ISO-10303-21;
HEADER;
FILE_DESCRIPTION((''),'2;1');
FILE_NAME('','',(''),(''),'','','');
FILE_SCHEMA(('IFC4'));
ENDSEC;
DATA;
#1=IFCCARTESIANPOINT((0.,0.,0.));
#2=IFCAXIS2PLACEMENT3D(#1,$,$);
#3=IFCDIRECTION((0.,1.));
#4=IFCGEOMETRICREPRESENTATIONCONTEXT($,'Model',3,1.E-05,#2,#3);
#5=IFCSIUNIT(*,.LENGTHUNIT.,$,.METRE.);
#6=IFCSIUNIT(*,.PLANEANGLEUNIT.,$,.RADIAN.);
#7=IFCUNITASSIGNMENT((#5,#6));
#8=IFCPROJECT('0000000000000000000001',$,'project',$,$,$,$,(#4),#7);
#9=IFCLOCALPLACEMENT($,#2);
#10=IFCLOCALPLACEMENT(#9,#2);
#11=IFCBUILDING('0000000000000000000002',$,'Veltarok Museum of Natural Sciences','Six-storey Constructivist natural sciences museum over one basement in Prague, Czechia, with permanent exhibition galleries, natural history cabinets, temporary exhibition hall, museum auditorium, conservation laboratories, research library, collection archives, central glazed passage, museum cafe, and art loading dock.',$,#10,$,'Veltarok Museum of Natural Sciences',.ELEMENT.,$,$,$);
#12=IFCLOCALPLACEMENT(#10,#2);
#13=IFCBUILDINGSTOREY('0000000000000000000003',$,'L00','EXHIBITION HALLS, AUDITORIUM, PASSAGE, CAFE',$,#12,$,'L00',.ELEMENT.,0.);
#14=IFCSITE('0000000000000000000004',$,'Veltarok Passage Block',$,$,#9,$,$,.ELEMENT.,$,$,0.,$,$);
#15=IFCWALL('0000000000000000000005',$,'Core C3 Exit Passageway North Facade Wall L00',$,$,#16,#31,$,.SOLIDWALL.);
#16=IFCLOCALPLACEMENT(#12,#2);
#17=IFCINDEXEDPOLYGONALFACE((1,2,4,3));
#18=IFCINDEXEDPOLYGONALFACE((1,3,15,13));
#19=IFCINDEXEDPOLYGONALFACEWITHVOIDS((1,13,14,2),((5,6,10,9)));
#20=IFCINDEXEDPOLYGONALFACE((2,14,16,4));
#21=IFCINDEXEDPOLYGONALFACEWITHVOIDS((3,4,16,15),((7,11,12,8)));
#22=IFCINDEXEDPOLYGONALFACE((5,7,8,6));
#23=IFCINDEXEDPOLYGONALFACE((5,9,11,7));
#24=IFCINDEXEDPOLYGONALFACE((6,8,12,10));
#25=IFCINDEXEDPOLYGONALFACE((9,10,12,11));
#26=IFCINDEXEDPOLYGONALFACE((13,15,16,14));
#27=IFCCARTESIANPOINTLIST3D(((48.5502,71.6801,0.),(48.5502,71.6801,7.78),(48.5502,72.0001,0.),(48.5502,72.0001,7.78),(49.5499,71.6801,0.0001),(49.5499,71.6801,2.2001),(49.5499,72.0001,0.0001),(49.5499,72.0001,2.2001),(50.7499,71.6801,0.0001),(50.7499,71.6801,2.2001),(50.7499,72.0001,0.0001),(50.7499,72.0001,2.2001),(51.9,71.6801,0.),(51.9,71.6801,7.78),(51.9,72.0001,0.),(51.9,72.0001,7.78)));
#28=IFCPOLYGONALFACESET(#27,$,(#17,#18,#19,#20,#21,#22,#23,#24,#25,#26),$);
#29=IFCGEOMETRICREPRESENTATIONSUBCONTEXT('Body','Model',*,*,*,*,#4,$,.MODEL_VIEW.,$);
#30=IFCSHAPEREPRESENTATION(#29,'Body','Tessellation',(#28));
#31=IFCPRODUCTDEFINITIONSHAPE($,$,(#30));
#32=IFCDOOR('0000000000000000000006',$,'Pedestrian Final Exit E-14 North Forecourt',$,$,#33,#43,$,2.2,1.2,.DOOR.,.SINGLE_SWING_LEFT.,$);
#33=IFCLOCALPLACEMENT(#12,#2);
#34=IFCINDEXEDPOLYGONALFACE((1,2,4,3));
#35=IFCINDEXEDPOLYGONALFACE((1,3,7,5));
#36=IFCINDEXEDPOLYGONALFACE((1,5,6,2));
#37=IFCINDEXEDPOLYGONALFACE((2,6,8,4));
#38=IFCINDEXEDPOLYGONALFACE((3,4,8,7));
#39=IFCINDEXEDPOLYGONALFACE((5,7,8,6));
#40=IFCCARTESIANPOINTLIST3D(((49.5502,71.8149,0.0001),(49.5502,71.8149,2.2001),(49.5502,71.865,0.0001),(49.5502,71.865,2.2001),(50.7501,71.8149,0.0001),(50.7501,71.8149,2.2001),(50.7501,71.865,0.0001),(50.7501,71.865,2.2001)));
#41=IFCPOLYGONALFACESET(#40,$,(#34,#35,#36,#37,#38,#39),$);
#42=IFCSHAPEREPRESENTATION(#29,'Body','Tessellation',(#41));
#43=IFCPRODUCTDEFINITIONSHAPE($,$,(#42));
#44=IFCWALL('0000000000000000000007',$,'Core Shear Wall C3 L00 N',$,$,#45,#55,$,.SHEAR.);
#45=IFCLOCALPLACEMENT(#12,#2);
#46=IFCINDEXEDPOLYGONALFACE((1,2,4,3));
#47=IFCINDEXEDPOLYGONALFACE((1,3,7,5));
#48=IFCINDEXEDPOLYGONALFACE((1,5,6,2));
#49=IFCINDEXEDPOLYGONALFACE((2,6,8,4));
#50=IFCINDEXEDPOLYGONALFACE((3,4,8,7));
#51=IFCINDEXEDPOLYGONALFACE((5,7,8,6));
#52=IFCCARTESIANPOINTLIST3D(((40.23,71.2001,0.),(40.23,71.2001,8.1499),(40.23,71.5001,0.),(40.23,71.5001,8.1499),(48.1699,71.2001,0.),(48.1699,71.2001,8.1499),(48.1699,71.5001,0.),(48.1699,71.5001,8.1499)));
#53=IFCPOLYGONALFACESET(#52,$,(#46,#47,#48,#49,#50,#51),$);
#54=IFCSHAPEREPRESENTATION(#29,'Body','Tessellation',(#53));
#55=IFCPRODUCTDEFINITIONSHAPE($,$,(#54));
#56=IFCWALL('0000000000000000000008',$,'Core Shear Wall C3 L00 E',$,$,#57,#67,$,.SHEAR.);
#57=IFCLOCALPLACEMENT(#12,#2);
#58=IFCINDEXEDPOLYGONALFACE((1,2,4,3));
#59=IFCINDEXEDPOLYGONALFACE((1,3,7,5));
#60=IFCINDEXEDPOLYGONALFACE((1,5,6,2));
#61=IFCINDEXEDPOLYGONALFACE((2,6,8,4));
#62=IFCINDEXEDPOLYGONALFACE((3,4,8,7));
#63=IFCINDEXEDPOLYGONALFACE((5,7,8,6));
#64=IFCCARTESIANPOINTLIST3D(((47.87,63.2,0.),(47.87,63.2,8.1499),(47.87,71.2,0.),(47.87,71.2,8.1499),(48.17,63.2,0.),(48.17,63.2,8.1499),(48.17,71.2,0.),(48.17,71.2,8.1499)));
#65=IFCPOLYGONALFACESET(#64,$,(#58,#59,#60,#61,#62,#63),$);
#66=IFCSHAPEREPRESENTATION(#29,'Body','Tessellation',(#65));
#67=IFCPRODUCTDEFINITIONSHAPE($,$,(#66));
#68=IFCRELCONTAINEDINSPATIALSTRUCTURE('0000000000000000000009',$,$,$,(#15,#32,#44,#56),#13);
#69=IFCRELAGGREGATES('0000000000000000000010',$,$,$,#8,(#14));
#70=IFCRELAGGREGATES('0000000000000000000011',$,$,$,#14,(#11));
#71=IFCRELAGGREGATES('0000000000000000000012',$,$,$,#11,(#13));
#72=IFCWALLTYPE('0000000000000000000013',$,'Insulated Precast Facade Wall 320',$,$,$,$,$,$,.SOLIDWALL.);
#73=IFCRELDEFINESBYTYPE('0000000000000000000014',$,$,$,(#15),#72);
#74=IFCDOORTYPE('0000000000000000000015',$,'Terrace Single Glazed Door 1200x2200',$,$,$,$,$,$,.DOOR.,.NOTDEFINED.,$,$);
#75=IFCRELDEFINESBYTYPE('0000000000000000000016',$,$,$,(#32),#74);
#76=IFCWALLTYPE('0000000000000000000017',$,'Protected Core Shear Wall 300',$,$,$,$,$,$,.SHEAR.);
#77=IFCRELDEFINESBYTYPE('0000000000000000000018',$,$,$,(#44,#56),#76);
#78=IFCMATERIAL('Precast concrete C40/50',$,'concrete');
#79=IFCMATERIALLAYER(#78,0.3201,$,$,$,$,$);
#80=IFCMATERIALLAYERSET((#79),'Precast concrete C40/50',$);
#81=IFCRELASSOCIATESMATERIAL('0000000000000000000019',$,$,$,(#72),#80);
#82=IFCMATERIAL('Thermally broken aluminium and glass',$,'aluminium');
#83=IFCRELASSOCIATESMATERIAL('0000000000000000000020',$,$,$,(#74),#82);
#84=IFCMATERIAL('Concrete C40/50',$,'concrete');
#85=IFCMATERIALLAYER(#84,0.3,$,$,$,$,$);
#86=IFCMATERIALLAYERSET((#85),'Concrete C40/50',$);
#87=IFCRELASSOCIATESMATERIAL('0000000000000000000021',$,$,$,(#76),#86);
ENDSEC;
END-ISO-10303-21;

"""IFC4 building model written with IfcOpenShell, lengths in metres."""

from ifc_helpers import new_model, si_unit, direction, frame, frame_2d, origin, place, context, subcontext, project, spatial, rectangle, extrude, material, layer, layer_set, type_object, element, fill, save


model = new_model("IFC4")

# Units and contexts
model_context = context("Model", 3, precision=1e-05, world=origin(), true_north=direction((0.0, 1.0)))
body_context = subcontext(model_context, "Body", "Model", "MODEL_VIEW")
ifc_project = project(units=[si_unit("LENGTHUNIT", "METRE"), si_unit("PLANEANGLEUNIT", "RADIAN")], contexts=[model_context])

# Site, building, storey
site_placement = place(None, origin())
site = spatial("IfcSite", under=ifc_project, at=site_placement, Name="Veltarok Passage Block", CompositionType="ELEMENT", RefElevation=0.0)
building_placement = place(site_placement, origin())
building = spatial("IfcBuilding", under=site, at=building_placement, Name="Veltarok Museum of Natural Sciences", Description="Six-storey Constructivist natural sciences museum over one basement in Prague, Czechia, with permanent exhibition galleries, natural history cabinets, temporary exhibition hall, museum auditorium, conservation laboratories, research library, collection archives, central glazed passage, museum cafe, and art loading dock.", LongName="Veltarok Museum of Natural Sciences", CompositionType="ELEMENT")
storey_placement = place(building_placement, origin())
storey = spatial("IfcBuildingStorey", under=building, at=storey_placement, Name="L00", Description="EXHIBITION HALLS, AUDITORIUM, PASSAGE, CAFE", LongName="L00", CompositionType="ELEMENT", Elevation=0.0)

# Wall, opening, door
ifc_material_1 = material(Name="Precast concrete C40/50", Category="concrete")
ifc_layer_1 = layer(ifc_material_1, 0.3201)
ifc_layer_set_1 = layer_set([ifc_layer_1], Name="Precast concrete C40/50")
wall_type_1 = type_object("IfcWallType", Name="Insulated Precast Facade Wall 320", PredefinedType="SOLIDWALL", material=ifc_layer_set_1)
wall_1_placement = place(storey_placement, frame((51.8999, 71.8401, 0.0), z_axis=(0.0, 0.0, 1.0), x_axis=(-1.0, 0.0, 0.0)))
wall_1 = element("IfcWall", 1, at=wall_1_placement, inside=storey, type_object=wall_type_1, Name="Core C3 Exit Passageway North Facade Wall L00", PredefinedType="SOLIDWALL", context=body_context, shape_type="SweptSolid", body=[
    extrude(rectangle(XDim=3.3499, YDim=0.3201, at=frame_2d((1.6748, 0.0))), origin(), (0.0, 0.0, 1.0), 7.78),
])
opening_1_placement = place(wall_1_placement, frame((1.1499, 0.0, 0.0)))
opening_1 = element("IfcOpeningElement", 2, at=opening_1_placement, cuts=wall_1, PredefinedType="OPENING", context=body_context, shape_type="SweptSolid", body=[
    extrude(rectangle(XDim=1.2, YDim=2.2, at=frame_2d((0.6001, 1.1001))), frame((0.0, 0.1699, 0.0), z_axis=(0.0, -1.0, 0.0), x_axis=(1.0, 0.0, 0.0)), (0.0, 0.0, 1.0), 0.3401),
])
ifc_material_2 = material(Name="Thermally broken aluminium and glass", Category="aluminium")
door_type_1 = type_object("IfcDoorType", Name="Terrace Single Glazed Door 1200x2200", OperationType="NOTDEFINED", PredefinedType="DOOR", material=ifc_material_2)
door_1_placement = place(opening_1_placement, frame((1.2, 0.0, 0.0), z_axis=(0.0, 0.0, 1.0), x_axis=(-1.0, 0.0, 0.0)))
door_1 = element("IfcDoor", 3, at=door_1_placement, inside=storey, type_object=door_type_1, Name="Pedestrian Final Exit E-14 North Forecourt", OperationType="SINGLE_SWING_LEFT", OverallHeight=2.2, OverallWidth=1.2, PredefinedType="DOOR", context=body_context, shape_type="SweptSolid", body=[
    extrude(rectangle(XDim=1.2, YDim=2.2, at=frame_2d((0.6001, 1.1001))), frame((0.0, 0.0249, 0.0), z_axis=(0.0, -1.0, 0.0), x_axis=(1.0, 0.0, 0.0)), (0.0, 0.0, 1.0), 0.05),
])
fill(opening_1, door_1)

# Walls
ifc_material_3 = material(Name="Concrete C40/50", Category="concrete")
ifc_layer_2 = layer(ifc_material_3, 0.3)
ifc_layer_set_2 = layer_set([ifc_layer_2], Name="Concrete C40/50")
wall_type_2 = type_object("IfcWallType", Name="Protected Core Shear Wall 300", PredefinedType="SHEAR", material=ifc_layer_set_2)
wall_2_placement = place(storey_placement, frame((48.1699, 71.3501, 0.0), z_axis=(0.0, 0.0, 1.0), x_axis=(-1.0, 0.0, 0.0)))
element("IfcWall", 4, at=wall_2_placement, inside=storey, type_object=wall_type_2, Name="Core Shear Wall C3 L00 N", PredefinedType="SHEAR", context=body_context, shape_type="SweptSolid", body=[
    extrude(rectangle(XDim=7.9399, YDim=0.3, at=frame_2d((3.97, 0.0))), origin(), (0.0, 0.0, 1.0), 8.1499),
])
wall_3_placement = place(storey_placement, frame((48.02, 63.2, 0.0), z_axis=(0.0, 0.0, 1.0), x_axis=(0.0, 1.0, 0.0)))
element("IfcWall", 5, at=wall_3_placement, inside=storey, type_object=wall_type_2, Name="Core Shear Wall C3 L00 E", PredefinedType="SHEAR", context=body_context, shape_type="SweptSolid", body=[
    extrude(rectangle(XDim=8.0, YDim=0.3, at=frame_2d((4.0, 0.0))), origin(), (0.0, 0.0, 1.0), 8.1499),
])

save(model, "model.ifc")
